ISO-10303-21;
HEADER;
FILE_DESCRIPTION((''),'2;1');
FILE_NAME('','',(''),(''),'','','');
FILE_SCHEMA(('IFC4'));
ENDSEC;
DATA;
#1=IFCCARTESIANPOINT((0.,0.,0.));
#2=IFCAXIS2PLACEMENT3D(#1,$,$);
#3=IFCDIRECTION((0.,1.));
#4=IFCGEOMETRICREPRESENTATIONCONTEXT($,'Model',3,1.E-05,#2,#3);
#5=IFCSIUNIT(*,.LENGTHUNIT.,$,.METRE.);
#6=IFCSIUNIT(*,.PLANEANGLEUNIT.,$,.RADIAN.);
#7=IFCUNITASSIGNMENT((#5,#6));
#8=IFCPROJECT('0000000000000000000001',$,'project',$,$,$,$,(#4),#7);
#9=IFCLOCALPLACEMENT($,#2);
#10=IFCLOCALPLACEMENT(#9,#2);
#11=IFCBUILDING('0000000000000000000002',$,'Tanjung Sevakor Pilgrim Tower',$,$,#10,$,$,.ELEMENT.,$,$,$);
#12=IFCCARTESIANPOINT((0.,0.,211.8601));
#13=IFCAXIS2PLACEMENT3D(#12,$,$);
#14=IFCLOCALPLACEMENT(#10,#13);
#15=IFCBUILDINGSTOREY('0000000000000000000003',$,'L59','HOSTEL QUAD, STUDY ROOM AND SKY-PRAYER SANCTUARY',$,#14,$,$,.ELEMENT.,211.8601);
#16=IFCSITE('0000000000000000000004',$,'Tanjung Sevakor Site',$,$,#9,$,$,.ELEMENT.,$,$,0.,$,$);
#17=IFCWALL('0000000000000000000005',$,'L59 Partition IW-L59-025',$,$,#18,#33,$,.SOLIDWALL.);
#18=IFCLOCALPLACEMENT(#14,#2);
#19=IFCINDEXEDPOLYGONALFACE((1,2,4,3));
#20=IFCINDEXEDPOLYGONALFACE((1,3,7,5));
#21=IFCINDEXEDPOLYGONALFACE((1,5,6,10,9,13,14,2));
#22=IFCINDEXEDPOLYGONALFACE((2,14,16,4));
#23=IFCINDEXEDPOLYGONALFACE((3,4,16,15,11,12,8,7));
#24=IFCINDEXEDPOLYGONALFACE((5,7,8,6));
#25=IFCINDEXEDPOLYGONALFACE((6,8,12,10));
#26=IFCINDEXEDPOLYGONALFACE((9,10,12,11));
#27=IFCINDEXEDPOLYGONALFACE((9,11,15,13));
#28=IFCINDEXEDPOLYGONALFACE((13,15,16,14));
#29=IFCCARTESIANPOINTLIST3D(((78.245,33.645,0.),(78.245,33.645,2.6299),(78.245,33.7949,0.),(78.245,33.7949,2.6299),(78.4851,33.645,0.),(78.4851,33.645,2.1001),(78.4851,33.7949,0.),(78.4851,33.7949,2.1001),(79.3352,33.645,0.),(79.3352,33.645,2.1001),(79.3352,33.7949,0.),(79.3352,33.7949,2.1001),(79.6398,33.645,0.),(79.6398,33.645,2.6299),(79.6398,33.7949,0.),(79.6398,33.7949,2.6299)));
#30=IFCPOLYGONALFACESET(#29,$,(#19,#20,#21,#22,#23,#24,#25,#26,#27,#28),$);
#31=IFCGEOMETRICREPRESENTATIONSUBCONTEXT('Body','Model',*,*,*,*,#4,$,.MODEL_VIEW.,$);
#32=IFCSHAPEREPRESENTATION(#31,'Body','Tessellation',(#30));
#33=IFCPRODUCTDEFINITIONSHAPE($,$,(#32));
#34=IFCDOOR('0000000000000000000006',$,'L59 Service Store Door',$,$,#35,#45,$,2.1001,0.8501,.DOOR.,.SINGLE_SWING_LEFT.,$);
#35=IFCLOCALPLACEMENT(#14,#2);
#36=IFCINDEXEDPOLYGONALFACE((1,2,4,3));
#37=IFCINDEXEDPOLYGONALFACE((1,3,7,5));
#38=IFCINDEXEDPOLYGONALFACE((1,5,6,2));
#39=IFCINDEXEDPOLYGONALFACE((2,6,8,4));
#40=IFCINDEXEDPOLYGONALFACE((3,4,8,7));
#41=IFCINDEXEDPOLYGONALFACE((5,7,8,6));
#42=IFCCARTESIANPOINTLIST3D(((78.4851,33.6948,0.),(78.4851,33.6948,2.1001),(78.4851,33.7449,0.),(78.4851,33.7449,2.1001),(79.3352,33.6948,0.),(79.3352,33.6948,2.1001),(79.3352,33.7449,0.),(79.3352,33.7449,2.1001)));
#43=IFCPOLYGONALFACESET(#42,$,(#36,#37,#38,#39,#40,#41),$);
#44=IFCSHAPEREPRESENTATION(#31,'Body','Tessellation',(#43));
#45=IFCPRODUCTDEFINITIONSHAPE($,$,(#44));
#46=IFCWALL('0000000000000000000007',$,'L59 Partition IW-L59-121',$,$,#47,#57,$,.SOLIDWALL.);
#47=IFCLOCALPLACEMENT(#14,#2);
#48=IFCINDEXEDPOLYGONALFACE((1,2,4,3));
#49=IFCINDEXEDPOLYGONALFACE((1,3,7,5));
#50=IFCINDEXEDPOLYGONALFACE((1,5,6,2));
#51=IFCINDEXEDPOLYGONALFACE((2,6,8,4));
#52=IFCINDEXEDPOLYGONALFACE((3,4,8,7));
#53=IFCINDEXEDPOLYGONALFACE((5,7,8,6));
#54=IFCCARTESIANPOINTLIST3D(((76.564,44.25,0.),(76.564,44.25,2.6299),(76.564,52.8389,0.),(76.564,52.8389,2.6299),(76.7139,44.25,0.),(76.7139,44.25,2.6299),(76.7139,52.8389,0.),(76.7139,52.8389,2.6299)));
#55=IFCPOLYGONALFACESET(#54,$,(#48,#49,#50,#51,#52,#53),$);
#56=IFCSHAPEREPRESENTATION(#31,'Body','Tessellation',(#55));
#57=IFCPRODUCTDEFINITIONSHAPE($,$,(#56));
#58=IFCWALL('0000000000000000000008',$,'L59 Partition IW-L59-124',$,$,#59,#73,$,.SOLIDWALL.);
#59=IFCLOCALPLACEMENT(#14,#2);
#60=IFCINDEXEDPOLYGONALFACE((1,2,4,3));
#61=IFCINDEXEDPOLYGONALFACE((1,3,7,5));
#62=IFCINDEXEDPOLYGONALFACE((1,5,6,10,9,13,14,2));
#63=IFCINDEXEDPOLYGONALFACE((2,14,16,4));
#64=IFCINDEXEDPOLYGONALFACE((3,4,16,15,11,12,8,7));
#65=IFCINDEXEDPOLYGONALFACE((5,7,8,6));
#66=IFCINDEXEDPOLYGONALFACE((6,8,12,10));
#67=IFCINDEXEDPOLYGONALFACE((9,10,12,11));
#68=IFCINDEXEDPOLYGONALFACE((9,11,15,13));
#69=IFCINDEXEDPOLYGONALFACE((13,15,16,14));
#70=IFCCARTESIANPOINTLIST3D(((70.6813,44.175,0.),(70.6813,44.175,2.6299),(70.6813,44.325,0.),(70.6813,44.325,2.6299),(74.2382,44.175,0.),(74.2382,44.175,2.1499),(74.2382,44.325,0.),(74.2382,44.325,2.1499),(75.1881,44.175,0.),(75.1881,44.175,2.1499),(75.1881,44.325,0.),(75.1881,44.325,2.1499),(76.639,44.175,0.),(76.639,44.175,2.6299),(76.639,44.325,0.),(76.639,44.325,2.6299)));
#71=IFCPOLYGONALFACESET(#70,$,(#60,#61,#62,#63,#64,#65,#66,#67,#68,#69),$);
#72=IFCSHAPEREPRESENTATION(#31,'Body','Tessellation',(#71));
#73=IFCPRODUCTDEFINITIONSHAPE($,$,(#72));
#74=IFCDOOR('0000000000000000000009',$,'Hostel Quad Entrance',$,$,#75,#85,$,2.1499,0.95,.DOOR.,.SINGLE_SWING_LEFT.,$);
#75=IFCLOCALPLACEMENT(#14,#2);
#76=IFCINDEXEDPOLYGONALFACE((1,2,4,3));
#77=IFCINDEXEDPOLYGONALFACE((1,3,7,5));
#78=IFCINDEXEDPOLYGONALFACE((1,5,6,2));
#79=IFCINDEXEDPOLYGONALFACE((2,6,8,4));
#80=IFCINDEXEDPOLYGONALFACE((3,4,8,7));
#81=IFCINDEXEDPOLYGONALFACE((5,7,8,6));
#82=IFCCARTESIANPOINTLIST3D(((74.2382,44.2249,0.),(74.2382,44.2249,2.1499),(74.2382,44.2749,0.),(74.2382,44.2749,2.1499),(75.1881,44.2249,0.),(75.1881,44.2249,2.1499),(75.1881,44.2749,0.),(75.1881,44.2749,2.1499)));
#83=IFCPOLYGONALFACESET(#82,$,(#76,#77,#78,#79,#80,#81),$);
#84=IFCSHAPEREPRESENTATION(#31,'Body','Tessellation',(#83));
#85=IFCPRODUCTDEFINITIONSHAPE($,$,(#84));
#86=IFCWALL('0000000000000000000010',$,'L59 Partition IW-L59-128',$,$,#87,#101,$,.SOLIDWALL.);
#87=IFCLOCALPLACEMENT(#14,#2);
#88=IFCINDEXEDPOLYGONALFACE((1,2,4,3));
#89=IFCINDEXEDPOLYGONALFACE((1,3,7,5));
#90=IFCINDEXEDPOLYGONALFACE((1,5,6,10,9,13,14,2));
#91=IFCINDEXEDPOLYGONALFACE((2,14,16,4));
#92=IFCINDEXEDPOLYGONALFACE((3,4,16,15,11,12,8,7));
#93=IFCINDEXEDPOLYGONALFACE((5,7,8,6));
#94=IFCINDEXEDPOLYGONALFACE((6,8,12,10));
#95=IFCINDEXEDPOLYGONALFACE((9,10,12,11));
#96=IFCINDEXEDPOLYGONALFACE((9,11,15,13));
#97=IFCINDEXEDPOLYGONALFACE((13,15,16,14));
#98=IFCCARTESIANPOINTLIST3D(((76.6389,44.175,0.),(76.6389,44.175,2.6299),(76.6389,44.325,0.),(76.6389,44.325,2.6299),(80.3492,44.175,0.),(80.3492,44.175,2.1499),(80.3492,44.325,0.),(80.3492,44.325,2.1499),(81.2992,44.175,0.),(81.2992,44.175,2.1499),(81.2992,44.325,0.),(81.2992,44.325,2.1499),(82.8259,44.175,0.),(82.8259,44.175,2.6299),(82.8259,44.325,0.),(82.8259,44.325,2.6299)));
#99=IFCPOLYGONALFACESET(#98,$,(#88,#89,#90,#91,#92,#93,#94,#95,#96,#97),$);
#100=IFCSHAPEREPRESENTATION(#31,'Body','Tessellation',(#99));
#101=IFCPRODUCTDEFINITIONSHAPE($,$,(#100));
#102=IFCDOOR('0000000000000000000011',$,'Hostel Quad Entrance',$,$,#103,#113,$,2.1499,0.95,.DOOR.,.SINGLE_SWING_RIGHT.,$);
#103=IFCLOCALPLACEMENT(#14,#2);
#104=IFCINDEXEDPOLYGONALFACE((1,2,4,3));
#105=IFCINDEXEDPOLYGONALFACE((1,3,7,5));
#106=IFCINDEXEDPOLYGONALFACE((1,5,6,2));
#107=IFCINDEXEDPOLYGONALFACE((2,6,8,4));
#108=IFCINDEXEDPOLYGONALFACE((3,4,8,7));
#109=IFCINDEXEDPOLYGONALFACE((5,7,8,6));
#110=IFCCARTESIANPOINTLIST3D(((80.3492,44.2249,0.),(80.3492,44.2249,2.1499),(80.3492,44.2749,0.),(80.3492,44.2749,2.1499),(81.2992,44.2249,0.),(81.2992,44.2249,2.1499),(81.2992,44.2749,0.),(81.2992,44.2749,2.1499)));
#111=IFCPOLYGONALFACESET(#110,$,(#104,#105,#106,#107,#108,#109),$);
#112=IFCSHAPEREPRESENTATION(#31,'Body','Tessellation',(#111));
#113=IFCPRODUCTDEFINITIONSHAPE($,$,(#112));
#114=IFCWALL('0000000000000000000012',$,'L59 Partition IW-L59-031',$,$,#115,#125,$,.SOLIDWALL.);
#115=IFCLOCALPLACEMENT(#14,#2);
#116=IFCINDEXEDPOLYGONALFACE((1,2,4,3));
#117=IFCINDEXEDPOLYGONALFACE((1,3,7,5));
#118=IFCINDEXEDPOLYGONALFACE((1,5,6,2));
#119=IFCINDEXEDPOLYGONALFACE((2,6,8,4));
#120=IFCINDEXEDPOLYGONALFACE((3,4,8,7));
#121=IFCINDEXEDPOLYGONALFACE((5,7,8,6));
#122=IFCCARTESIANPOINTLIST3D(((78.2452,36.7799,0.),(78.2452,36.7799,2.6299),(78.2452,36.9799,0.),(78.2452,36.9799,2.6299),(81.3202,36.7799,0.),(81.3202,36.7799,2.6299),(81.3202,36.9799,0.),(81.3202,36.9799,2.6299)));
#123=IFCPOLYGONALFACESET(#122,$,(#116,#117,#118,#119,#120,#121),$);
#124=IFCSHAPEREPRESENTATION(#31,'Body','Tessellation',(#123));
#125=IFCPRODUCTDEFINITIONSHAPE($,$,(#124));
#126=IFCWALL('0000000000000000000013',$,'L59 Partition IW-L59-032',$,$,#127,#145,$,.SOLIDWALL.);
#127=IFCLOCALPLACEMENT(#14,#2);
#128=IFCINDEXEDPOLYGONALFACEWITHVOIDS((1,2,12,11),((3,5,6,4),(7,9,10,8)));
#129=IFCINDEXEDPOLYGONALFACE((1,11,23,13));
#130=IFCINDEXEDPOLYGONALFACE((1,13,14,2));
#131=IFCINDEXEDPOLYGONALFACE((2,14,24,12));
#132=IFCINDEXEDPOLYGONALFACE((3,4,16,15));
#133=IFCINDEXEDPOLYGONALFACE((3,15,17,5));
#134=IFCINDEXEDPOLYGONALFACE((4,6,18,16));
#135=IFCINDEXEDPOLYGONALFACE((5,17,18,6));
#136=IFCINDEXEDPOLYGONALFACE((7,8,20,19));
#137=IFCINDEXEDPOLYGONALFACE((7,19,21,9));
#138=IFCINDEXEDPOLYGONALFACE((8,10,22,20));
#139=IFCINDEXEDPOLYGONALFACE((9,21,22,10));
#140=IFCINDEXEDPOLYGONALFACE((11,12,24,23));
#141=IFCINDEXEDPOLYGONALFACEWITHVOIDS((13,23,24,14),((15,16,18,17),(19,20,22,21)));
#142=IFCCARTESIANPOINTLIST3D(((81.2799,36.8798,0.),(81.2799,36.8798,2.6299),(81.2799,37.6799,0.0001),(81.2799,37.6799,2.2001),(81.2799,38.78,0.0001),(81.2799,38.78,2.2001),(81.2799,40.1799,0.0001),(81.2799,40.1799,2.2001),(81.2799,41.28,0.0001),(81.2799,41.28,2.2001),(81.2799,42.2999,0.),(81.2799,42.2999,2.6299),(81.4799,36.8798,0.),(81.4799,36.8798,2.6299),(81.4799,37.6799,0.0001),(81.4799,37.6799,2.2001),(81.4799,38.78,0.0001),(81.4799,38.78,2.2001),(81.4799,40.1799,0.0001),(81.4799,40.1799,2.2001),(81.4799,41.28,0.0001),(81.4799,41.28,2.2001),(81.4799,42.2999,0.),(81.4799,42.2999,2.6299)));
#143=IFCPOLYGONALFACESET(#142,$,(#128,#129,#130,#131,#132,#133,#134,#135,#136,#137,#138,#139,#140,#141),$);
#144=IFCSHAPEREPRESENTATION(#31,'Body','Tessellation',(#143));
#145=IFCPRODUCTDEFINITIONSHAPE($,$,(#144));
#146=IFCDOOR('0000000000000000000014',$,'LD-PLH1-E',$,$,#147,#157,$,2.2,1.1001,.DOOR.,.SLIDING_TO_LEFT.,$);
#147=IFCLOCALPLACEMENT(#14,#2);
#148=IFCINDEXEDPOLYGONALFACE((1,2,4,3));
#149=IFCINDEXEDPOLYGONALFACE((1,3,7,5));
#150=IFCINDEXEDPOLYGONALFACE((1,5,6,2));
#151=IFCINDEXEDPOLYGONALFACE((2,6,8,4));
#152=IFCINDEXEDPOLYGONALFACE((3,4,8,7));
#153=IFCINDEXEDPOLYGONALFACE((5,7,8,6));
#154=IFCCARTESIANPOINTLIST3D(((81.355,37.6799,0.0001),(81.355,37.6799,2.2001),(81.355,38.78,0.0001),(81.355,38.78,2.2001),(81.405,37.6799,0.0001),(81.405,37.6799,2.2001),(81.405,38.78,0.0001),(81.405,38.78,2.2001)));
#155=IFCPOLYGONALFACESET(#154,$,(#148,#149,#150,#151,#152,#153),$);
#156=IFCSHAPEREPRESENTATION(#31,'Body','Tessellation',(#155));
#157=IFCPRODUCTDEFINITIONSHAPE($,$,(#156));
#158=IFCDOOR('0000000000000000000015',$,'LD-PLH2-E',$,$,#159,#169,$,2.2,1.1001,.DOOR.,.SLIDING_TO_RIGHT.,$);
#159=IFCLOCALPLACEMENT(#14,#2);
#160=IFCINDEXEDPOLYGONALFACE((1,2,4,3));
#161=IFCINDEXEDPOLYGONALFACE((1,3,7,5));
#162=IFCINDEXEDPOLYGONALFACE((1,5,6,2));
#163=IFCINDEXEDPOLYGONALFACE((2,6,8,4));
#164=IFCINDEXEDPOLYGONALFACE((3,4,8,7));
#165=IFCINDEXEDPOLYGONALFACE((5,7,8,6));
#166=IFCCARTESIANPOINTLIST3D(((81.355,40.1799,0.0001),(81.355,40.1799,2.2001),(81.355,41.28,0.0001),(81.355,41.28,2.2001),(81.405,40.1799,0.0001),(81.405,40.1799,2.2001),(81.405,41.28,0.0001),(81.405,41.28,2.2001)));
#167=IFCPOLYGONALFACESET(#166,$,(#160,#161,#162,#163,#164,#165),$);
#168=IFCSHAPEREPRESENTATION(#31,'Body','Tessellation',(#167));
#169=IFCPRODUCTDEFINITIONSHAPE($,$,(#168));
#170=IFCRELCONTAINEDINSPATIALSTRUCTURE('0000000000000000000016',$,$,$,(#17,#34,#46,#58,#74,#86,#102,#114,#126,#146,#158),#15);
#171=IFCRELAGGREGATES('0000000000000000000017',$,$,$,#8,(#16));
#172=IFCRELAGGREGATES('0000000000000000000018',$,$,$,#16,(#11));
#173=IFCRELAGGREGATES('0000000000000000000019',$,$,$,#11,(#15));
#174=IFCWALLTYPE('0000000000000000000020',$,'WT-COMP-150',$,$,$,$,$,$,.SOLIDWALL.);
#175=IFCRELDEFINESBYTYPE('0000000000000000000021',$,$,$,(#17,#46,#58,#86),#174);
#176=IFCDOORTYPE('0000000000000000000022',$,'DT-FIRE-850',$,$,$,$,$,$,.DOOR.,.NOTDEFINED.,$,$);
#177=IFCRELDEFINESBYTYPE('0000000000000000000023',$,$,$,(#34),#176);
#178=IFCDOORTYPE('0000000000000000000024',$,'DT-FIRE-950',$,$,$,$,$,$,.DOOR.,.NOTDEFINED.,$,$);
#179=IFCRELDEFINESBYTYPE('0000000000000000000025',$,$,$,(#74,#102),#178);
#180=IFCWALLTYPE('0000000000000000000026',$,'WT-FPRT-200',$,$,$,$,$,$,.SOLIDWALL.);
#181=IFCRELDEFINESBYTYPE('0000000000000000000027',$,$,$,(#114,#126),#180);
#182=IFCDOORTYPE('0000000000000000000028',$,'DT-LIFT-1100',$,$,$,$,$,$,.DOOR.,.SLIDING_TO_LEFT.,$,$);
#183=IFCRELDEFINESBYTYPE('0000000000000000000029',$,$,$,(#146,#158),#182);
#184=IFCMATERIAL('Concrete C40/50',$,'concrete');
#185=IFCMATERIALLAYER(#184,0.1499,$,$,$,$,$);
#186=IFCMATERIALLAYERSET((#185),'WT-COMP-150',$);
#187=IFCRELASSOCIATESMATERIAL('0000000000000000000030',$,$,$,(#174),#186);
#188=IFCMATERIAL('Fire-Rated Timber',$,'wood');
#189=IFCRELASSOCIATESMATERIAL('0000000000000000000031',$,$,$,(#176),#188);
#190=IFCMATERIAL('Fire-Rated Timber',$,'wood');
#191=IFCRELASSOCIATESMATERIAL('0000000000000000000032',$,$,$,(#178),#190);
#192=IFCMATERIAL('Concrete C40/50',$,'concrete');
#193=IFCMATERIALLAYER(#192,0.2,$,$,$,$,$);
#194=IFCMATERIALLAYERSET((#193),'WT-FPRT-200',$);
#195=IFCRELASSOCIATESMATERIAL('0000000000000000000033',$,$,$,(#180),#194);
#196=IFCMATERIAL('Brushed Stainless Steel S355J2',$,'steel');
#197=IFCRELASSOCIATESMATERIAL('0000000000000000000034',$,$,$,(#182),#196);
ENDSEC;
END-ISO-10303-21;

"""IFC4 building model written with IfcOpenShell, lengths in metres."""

from ifc_helpers import new_model, si_unit, direction, frame, frame_2d, origin, place, context, subcontext, project, spatial, rectangle, extrude, material, layer, layer_set, type_object, element, fill, save


model = new_model("IFC4")

# Units and contexts
model_context = context("Model", 3, precision=1e-05, world=origin(), true_north=direction((0.0, 1.0)))
body_context = subcontext(model_context, "Body", "Model", "MODEL_VIEW")
ifc_project = project(units=[si_unit("LENGTHUNIT", "METRE"), si_unit("PLANEANGLEUNIT", "RADIAN")], contexts=[model_context])

# Site, building, storey
site_placement = place(None, origin())
site = spatial("IfcSite", under=ifc_project, at=site_placement, Name="Tanjung Sevakor Site", CompositionType="ELEMENT", RefElevation=0.0)
building_placement = place(site_placement, origin())
building = spatial("IfcBuilding", under=site, at=building_placement, Name="Tanjung Sevakor Pilgrim Tower", CompositionType="ELEMENT")
storey_placement = place(building_placement, frame((0.0, 0.0, 211.8601)))
storey = spatial("IfcBuildingStorey", under=building, at=storey_placement, Name="L59", Description="HOSTEL QUAD, STUDY ROOM AND SKY-PRAYER SANCTUARY", CompositionType="ELEMENT", Elevation=211.8601)

# Shared definitions
ifc_material_1 = material(Name="Concrete C40/50", Category="concrete")
ifc_layer_1 = layer(ifc_material_1, 0.1499)
ifc_layer_set_1 = layer_set([ifc_layer_1], Name="WT-COMP-150")
wall_type_1 = type_object("IfcWallType", Name="WT-COMP-150", PredefinedType="SOLIDWALL", material=ifc_layer_set_1)

# Wall, opening, door
wall_1_placement = place(storey_placement, frame((78.2451, 33.72, 0.0), z_axis=(0.0, 0.0, 1.0), x_axis=(1.0, 0.0, 0.0)))
wall_1 = element("IfcWall", 1, at=wall_1_placement, inside=storey, type_object=wall_type_1, Name="L59 Partition IW-L59-025", PredefinedType="SOLIDWALL", context=body_context, shape_type="SweptSolid", body=[
    extrude(rectangle(XDim=1.3948, YDim=0.1499, at=frame_2d((0.6973, 0.0))), origin(), (0.0, 0.0, 1.0), 2.6299),
])
opening_1_placement = place(wall_1_placement, frame((0.24, 0.0, 0.0)))
opening_1 = element("IfcOpeningElement", 2, at=opening_1_placement, cuts=wall_1, PredefinedType="OPENING", context=body_context, shape_type="SweptSolid", body=[
    extrude(rectangle(XDim=0.8501, YDim=2.1001, at=frame_2d((0.425, 1.05))), frame((0.0, 0.085, 0.0), z_axis=(0.0, -1.0, 0.0), x_axis=(1.0, 0.0, 0.0)), (0.0, 0.0, 1.0), 0.1699),
])
ifc_material_2 = material(Name="Fire-Rated Timber", Category="wood")
door_type_1 = type_object("IfcDoorType", Name="DT-FIRE-850", OperationType="NOTDEFINED", PredefinedType="DOOR", material=ifc_material_2)
door_1_placement = place(opening_1_placement, origin())
door_1 = element("IfcDoor", 3, at=door_1_placement, inside=storey, type_object=door_type_1, Name="L59 Service Store Door", OperationType="SINGLE_SWING_LEFT", OverallHeight=2.1001, OverallWidth=0.8501, PredefinedType="DOOR", context=body_context, shape_type="SweptSolid", body=[
    extrude(rectangle(XDim=0.8501, YDim=2.1001, at=frame_2d((0.425, 1.05))), frame((0.0, 0.0249, 0.0), z_axis=(0.0, -1.0, 0.0), x_axis=(1.0, 0.0, 0.0)), (0.0, 0.0, 1.0), 0.05),
])
fill(opening_1, door_1)

# Wall
wall_2_placement = place(storey_placement, frame((76.6389, 44.25, 0.0), z_axis=(0.0, 0.0, 1.0), x_axis=(0.0, 1.0, 0.0)))
element("IfcWall", 4, at=wall_2_placement, inside=storey, type_object=wall_type_1, Name="L59 Partition IW-L59-121", PredefinedType="SOLIDWALL", context=body_context, shape_type="SweptSolid", body=[
    extrude(rectangle(XDim=8.5889, YDim=0.1499, at=frame_2d((4.2944, 0.0))), origin(), (0.0, 0.0, 1.0), 2.6299),
])

# Walls, openings, doors
wall_3_placement = place(storey_placement, frame((70.6812, 44.25, 0.0), z_axis=(0.0, 0.0, 1.0), x_axis=(1.0, 0.0, 0.0)))
wall_3 = element("IfcWall", 5, at=wall_3_placement, inside=storey, type_object=wall_type_1, Name="L59 Partition IW-L59-124", PredefinedType="SOLIDWALL", context=body_context, shape_type="SweptSolid", body=[
    extrude(rectangle(XDim=5.9578, YDim=0.1499, at=frame_2d((2.979, 0.0))), origin(), (0.0, 0.0, 1.0), 2.6299),
])
opening_2_placement = place(wall_3_placement, frame((3.5569, 0.0, 0.0)))
opening_2 = element("IfcOpeningElement", 6, at=opening_2_placement, cuts=wall_3, PredefinedType="OPENING", context=body_context, shape_type="SweptSolid", body=[
    extrude(rectangle(XDim=0.95, YDim=2.1499, at=frame_2d((0.4751, 1.075))), frame((0.0, 0.085, 0.0), z_axis=(0.0, -1.0, 0.0), x_axis=(1.0, 0.0, 0.0)), (0.0, 0.0, 1.0), 0.1699),
])
ifc_material_3 = material(Name="Fire-Rated Timber", Category="wood")
door_type_2 = type_object("IfcDoorType", Name="DT-FIRE-950", OperationType="NOTDEFINED", PredefinedType="DOOR", material=ifc_material_3)
door_2_placement = place(opening_2_placement, origin())
door_2 = element("IfcDoor", 7, at=door_2_placement, inside=storey, type_object=door_type_2, Name="Hostel Quad Entrance", OperationType="SINGLE_SWING_LEFT", OverallHeight=2.1499, OverallWidth=0.95, PredefinedType="DOOR", context=body_context, shape_type="SweptSolid", body=[
    extrude(rectangle(XDim=0.95, YDim=2.1499, at=frame_2d((0.4751, 1.075))), frame((0.0, 0.0249, 0.0), z_axis=(0.0, -1.0, 0.0), x_axis=(1.0, 0.0, 0.0)), (0.0, 0.0, 1.0), 0.05),
])
fill(opening_2, door_2)
wall_4_placement = place(storey_placement, frame((76.6389, 44.25, 0.0), z_axis=(0.0, 0.0, 1.0), x_axis=(1.0, 0.0, 0.0)))
wall_4 = element("IfcWall", 8, at=wall_4_placement, inside=storey, type_object=wall_type_1, Name="L59 Partition IW-L59-128", PredefinedType="SOLIDWALL", context=body_context, shape_type="SweptSolid", body=[
    extrude(rectangle(XDim=6.187, YDim=0.1499, at=frame_2d((3.0935, 0.0))), origin(), (0.0, 0.0, 1.0), 2.6299),
])
opening_3_placement = place(wall_4_placement, frame((3.7102, 0.0, 0.0)))
opening_3 = element("IfcOpeningElement", 9, at=opening_3_placement, cuts=wall_4, PredefinedType="OPENING", context=body_context, shape_type="SweptSolid", body=[
    extrude(rectangle(XDim=0.95, YDim=2.1499, at=frame_2d((0.4751, 1.075))), frame((0.0, 0.085, 0.0), z_axis=(0.0, -1.0, 0.0), x_axis=(1.0, 0.0, 0.0)), (0.0, 0.0, 1.0), 0.1699),
])
door_3_placement = place(opening_3_placement, origin())
door_3 = element("IfcDoor", 10, at=door_3_placement, inside=storey, type_object=door_type_2, Name="Hostel Quad Entrance", OperationType="SINGLE_SWING_RIGHT", OverallHeight=2.1499, OverallWidth=0.95, PredefinedType="DOOR", context=body_context, shape_type="SweptSolid", body=[
    extrude(rectangle(XDim=0.95, YDim=2.1499, at=frame_2d((0.4751, 1.075))), frame((0.0, 0.0249, 0.0), z_axis=(0.0, -1.0, 0.0), x_axis=(1.0, 0.0, 0.0)), (0.0, 0.0, 1.0), 0.05),
])
fill(opening_3, door_3)

# Wall
ifc_material_4 = material(Name="Concrete C40/50", Category="concrete")
ifc_layer_2 = layer(ifc_material_4, 0.2)
ifc_layer_set_2 = layer_set([ifc_layer_2], Name="WT-FPRT-200")
wall_type_2 = type_object("IfcWallType", Name="WT-FPRT-200", PredefinedType="SOLIDWALL", material=ifc_layer_set_2)
wall_5_placement = place(storey_placement, frame((78.2451, 36.8799, 0.0), z_axis=(0.0, 0.0, 1.0), x_axis=(1.0, 0.0, 0.0)))
element("IfcWall", 11, at=wall_5_placement, inside=storey, type_object=wall_type_2, Name="L59 Partition IW-L59-031", PredefinedType="SOLIDWALL", context=body_context, shape_type="SweptSolid", body=[
    extrude(rectangle(XDim=3.075, YDim=0.2, at=frame_2d((1.5376, 0.0))), origin(), (0.0, 0.0, 1.0), 2.6299),
])

# Wall, openings, doors
wall_6_placement = place(storey_placement, frame((81.3799, 36.8799, 0.0), z_axis=(0.0, 0.0, 1.0), x_axis=(0.0, 1.0, 0.0)))
wall_6 = element("IfcWall", 12, at=wall_6_placement, inside=storey, type_object=wall_type_2, Name="L59 Partition IW-L59-032", PredefinedType="SOLIDWALL", context=body_context, shape_type="SweptSolid", body=[
    extrude(rectangle(XDim=5.4202, YDim=0.2, at=frame_2d((2.71, 0.0))), origin(), (0.0, 0.0, 1.0), 2.6299),
])
opening_4_placement = place(wall_6_placement, frame((0.8, 0.0, 0.0)))
opening_4 = element("IfcOpeningElement", 13, at=opening_4_placement, cuts=wall_6, PredefinedType="OPENING", context=body_context, shape_type="SweptSolid", body=[
    extrude(rectangle(XDim=1.1001, YDim=2.2, at=frame_2d((0.55, 1.1001))), frame((0.0, 0.1099, 0.0), z_axis=(0.0, -1.0, 0.0), x_axis=(1.0, 0.0, 0.0)), (0.0, 0.0, 1.0), 0.22),
])
opening_5_placement = place(wall_6_placement, frame((3.3, 0.0, 0.0)))
opening_5 = element("IfcOpeningElement", 14, at=opening_5_placement, cuts=wall_6, PredefinedType="OPENING", context=body_context, shape_type="SweptSolid", body=[
    extrude(rectangle(XDim=1.1001, YDim=2.2, at=frame_2d((0.55, 1.1001))), frame((0.0, 0.1099, 0.0), z_axis=(0.0, -1.0, 0.0), x_axis=(1.0, 0.0, 0.0)), (0.0, 0.0, 1.0), 0.22),
])
ifc_material_5 = material(Name="Brushed Stainless Steel S355J2", Category="steel")
door_type_3 = type_object("IfcDoorType", Name="DT-LIFT-1100", OperationType="SLIDING_TO_LEFT", PredefinedType="DOOR", material=ifc_material_5)
door_4_placement = place(opening_4_placement, origin())
door_4 = element("IfcDoor", 15, at=door_4_placement, inside=storey, type_object=door_type_3, Name="LD-PLH1-E", OperationType="SLIDING_TO_LEFT", OverallHeight=2.2, OverallWidth=1.1001, PredefinedType="DOOR", context=body_context, shape_type="SweptSolid", body=[
    extrude(rectangle(XDim=1.1001, YDim=2.2, at=frame_2d((0.55, 1.1001))), frame((0.0, 0.0249, 0.0), z_axis=(0.0, -1.0, 0.0), x_axis=(1.0, 0.0, 0.0)), (0.0, 0.0, 1.0), 0.05),
])
fill(opening_4, door_4)
door_5_placement = place(opening_5_placement, origin())
door_5 = element("IfcDoor", 16, at=door_5_placement, inside=storey, type_object=door_type_3, Name="LD-PLH2-E", OperationType="SLIDING_TO_RIGHT", OverallHeight=2.2, OverallWidth=1.1001, PredefinedType="DOOR", context=body_context, shape_type="SweptSolid", body=[
    extrude(rectangle(XDim=1.1001, YDim=2.2, at=frame_2d((0.55, 1.1001))), frame((0.0, 0.0249, 0.0), z_axis=(0.0, -1.0, 0.0), x_axis=(1.0, 0.0, 0.0)), (0.0, 0.0, 1.0), 0.05),
])
fill(opening_5, door_5)

save(model, "model.ifc")
